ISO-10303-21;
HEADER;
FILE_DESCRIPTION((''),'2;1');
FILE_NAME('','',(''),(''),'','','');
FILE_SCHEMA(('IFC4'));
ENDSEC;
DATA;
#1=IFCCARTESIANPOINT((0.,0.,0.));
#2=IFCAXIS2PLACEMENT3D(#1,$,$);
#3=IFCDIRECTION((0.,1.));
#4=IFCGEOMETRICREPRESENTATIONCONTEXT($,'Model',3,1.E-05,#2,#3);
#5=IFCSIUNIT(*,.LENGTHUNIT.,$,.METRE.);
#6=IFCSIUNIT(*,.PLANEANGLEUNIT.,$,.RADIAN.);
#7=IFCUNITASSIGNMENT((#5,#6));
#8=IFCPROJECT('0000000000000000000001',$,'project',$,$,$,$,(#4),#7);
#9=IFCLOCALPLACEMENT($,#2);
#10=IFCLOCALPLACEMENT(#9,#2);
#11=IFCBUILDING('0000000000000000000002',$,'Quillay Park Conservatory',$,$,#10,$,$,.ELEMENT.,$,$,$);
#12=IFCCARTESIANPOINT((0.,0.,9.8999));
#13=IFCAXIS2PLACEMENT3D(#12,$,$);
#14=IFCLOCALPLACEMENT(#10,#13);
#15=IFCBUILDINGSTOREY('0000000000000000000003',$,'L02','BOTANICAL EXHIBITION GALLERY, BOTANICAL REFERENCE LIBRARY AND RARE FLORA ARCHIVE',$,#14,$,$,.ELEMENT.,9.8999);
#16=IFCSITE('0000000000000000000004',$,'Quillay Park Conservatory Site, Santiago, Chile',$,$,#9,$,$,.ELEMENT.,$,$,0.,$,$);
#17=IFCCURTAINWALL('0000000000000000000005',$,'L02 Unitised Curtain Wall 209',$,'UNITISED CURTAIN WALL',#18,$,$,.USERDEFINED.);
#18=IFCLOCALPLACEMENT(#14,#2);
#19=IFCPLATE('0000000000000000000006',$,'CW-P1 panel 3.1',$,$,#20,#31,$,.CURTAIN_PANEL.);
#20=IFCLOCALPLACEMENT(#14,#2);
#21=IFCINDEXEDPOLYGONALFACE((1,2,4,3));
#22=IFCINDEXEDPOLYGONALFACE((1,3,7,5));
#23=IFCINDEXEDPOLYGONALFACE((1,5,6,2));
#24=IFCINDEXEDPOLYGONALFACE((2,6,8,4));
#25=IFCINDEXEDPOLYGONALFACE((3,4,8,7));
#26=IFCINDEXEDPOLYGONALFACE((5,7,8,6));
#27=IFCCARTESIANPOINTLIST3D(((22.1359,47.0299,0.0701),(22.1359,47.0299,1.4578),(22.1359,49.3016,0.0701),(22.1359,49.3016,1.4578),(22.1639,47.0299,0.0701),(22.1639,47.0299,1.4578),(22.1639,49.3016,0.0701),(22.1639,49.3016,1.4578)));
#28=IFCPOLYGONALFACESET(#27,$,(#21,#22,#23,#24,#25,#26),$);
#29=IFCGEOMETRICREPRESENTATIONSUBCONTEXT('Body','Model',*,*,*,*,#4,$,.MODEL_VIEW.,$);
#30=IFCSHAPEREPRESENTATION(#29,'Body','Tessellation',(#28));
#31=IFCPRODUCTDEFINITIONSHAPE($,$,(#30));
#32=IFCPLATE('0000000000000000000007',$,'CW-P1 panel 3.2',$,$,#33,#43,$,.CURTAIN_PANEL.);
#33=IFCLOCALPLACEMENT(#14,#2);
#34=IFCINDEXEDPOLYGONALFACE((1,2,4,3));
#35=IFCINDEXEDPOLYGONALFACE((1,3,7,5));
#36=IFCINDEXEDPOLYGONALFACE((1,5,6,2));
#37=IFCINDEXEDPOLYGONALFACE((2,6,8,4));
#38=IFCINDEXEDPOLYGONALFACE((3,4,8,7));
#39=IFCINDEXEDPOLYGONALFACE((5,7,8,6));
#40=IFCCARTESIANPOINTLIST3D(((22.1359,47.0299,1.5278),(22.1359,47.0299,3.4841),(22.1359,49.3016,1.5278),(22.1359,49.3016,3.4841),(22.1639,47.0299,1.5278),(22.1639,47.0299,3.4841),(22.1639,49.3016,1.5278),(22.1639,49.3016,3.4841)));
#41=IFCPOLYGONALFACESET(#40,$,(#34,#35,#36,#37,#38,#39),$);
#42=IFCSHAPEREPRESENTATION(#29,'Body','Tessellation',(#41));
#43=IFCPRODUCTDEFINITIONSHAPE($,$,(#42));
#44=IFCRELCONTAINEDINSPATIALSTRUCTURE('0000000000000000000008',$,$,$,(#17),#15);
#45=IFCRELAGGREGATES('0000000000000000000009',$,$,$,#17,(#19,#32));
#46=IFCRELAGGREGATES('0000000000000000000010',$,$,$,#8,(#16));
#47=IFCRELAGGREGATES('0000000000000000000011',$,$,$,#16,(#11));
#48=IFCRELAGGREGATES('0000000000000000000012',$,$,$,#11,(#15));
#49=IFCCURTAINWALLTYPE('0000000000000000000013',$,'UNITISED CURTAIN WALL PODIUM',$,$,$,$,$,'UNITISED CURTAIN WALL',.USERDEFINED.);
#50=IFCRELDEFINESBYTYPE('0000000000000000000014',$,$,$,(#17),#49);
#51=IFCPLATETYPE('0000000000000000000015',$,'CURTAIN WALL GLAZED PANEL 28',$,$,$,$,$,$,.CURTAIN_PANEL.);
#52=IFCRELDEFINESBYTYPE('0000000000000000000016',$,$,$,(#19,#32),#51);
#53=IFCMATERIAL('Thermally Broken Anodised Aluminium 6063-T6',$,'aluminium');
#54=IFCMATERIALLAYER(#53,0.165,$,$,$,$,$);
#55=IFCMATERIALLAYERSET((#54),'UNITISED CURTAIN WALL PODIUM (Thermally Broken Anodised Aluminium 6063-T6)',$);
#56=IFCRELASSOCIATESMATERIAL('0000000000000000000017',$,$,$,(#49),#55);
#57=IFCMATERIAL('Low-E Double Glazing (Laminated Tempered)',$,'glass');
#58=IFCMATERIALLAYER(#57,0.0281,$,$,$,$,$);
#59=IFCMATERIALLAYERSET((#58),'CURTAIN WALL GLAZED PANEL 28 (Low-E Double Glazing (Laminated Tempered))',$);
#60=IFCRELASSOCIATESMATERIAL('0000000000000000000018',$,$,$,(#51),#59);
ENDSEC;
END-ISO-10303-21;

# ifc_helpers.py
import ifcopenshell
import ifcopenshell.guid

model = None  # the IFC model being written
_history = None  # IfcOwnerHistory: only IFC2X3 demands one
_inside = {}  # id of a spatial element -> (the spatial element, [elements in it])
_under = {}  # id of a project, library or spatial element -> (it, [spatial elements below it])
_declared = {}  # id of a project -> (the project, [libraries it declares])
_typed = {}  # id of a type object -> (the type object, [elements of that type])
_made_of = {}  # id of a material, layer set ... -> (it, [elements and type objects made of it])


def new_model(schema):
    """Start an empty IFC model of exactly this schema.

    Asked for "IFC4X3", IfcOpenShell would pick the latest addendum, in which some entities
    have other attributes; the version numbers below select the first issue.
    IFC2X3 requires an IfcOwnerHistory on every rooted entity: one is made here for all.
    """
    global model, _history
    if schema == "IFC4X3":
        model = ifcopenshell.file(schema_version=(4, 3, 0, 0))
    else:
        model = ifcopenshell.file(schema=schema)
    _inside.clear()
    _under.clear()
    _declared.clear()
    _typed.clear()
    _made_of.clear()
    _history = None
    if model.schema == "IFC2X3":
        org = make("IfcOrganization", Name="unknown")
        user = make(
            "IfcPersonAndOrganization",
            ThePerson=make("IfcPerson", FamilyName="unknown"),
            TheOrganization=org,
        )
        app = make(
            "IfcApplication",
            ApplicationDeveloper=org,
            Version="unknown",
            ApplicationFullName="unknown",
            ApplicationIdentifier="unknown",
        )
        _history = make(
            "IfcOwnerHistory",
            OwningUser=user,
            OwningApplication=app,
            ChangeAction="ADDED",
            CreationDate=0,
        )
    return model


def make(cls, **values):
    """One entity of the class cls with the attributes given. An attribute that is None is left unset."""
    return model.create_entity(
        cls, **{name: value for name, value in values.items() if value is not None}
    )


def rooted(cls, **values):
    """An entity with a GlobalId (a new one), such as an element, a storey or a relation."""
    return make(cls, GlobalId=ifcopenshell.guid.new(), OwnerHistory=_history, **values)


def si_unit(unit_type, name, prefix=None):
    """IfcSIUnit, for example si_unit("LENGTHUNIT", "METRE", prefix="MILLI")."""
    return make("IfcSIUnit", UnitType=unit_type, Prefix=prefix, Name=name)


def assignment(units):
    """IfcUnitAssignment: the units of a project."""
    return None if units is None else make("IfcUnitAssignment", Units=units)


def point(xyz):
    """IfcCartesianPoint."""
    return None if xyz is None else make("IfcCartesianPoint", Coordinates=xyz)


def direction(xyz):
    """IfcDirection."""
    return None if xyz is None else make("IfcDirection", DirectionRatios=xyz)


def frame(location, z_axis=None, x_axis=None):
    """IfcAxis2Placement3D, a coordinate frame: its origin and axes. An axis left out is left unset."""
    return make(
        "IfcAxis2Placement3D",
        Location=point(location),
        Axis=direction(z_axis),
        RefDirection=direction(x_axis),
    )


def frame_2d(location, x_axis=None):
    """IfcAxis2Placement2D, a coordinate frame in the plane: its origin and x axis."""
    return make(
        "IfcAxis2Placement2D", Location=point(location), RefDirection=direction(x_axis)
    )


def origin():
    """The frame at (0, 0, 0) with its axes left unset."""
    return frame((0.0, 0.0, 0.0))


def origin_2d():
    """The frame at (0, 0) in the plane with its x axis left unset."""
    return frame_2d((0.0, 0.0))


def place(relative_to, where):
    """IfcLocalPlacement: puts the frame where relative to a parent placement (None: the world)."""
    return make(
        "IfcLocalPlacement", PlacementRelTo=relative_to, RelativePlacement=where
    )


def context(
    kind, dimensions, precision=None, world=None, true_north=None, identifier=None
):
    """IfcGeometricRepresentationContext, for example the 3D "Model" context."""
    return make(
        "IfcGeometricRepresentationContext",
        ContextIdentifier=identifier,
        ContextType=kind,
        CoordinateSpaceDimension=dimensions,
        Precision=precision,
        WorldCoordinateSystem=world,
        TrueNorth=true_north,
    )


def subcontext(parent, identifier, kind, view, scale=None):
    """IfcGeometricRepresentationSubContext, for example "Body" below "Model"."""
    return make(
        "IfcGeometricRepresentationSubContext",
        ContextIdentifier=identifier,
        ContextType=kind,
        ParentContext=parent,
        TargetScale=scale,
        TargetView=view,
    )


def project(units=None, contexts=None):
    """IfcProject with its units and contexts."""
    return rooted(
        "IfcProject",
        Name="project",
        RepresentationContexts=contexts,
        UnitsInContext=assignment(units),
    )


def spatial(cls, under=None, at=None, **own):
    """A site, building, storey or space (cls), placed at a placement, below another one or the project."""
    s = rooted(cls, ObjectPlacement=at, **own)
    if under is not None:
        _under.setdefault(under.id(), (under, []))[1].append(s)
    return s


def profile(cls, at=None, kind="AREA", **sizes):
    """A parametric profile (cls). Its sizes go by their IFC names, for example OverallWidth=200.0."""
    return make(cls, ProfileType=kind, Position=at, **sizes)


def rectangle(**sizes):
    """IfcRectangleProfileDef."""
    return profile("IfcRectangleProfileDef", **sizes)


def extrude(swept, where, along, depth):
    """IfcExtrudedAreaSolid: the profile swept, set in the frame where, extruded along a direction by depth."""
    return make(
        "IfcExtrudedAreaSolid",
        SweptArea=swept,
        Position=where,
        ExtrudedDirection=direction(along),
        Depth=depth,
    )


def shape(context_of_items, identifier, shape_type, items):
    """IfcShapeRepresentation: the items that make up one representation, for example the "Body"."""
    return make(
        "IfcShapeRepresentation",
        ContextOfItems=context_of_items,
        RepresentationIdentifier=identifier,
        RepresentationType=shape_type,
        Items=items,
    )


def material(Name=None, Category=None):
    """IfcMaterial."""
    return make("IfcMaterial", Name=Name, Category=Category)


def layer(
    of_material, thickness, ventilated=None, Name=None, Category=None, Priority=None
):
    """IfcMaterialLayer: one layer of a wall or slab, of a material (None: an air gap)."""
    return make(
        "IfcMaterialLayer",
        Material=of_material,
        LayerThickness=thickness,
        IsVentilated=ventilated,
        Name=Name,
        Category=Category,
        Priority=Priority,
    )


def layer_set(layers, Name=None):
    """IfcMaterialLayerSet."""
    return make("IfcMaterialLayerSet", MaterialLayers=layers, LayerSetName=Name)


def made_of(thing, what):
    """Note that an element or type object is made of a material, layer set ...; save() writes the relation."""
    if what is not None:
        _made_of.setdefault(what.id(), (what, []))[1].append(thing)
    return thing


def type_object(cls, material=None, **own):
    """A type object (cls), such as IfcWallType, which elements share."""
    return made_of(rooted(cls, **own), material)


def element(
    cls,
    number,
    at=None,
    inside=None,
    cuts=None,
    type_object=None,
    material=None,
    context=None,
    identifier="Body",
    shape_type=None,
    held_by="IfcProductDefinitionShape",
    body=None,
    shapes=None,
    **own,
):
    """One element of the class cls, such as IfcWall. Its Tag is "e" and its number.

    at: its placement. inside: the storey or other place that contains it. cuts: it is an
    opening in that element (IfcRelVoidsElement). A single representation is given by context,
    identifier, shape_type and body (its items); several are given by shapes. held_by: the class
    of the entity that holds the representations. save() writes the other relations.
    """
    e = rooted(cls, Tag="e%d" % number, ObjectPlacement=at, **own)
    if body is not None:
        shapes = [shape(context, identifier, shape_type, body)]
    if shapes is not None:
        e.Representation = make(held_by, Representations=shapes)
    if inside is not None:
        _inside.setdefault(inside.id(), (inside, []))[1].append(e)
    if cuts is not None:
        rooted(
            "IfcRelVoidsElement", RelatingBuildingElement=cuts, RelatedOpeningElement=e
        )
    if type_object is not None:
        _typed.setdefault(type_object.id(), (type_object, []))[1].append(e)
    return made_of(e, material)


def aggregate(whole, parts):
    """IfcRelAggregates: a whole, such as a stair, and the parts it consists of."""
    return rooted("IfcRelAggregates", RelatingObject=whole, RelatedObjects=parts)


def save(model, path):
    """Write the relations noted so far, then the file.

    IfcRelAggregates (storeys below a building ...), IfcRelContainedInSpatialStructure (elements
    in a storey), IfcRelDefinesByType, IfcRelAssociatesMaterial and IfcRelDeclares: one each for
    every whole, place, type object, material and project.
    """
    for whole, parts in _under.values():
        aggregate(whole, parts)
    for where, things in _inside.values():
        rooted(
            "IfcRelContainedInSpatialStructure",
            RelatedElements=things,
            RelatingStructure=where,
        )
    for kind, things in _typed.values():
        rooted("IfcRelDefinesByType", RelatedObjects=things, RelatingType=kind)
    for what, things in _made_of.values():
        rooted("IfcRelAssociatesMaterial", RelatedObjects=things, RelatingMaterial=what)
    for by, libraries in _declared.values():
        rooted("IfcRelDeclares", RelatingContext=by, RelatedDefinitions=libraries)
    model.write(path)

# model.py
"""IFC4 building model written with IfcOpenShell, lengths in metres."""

from ifc_helpers import new_model, si_unit, direction, frame, origin, origin_2d, place, context, subcontext, project, spatial, rectangle, extrude, material, layer, layer_set, type_object, element, aggregate, save


model = new_model("IFC4")

# Units and contexts
model_context = context("Model", 3, precision=1e-05, world=origin(), true_north=direction((0.0, 1.0)))
body_context = subcontext(model_context, "Body", "Model", "MODEL_VIEW")
ifc_project = project(units=[si_unit("LENGTHUNIT", "METRE"), si_unit("PLANEANGLEUNIT", "RADIAN")], contexts=[model_context])

# Site, building, storey
site_placement = place(None, origin())
site = spatial("IfcSite", under=ifc_project, at=site_placement, Name="Quillay Park Conservatory Site, Santiago, Chile", CompositionType="ELEMENT", RefElevation=0.0)
building_placement = place(site_placement, origin())
building = spatial("IfcBuilding", under=site, at=building_placement, Name="Quillay Park Conservatory", CompositionType="ELEMENT")
storey_placement = place(building_placement, frame((0.0, 0.0, 9.8999)))
storey = spatial("IfcBuildingStorey", under=building, at=storey_placement, Name="L02", Description="BOTANICAL EXHIBITION GALLERY, BOTANICAL REFERENCE LIBRARY AND RARE FLORA ARCHIVE", CompositionType="ELEMENT", Elevation=9.8999)

# Curtain wall
ifc_material_1 = material(Name="Thermally Broken Anodised Aluminium 6063-T6", Category="aluminium")
ifc_layer_1 = layer(ifc_material_1, 0.165)
ifc_layer_set_1 = layer_set([ifc_layer_1], Name="UNITISED CURTAIN WALL PODIUM (Thermally Broken Anodised Aluminium 6063-T6)")
curtain_wall_type = type_object("IfcCurtainWallType", Name="UNITISED CURTAIN WALL PODIUM", ElementType="UNITISED CURTAIN WALL", PredefinedType="USERDEFINED", material=ifc_layer_set_1)
curtain_wall_1_placement = place(storey_placement, origin())
curtain_wall_1 = element("IfcCurtainWall", 1, at=curtain_wall_1_placement, inside=storey, type_object=curtain_wall_type, Name="L02 Unitised Curtain Wall 209", ObjectType="UNITISED CURTAIN WALL", PredefinedType="USERDEFINED")

# Plates
ifc_material_2 = material(Name="Low-E Double Glazing (Laminated Tempered)", Category="glass")
ifc_layer_2 = layer(ifc_material_2, 0.0281)
ifc_layer_set_2 = layer_set([ifc_layer_2], Name="CURTAIN WALL GLAZED PANEL 28 (Low-E Double Glazing (Laminated Tempered))")
plate_type = type_object("IfcPlateType", Name="CURTAIN WALL GLAZED PANEL 28", PredefinedType="CURTAIN_PANEL", material=ifc_layer_set_2)
plate_1_placement = place(storey_placement, frame((22.1499, 48.1658, 0.0701), z_axis=(0.0, 0.0, 1.0), x_axis=(0.0, -1.0, 0.0)))
plate_1 = element("IfcPlate", 2, at=plate_1_placement, type_object=plate_type, Name="CW-P1 panel 3.1", PredefinedType="CURTAIN_PANEL", context=body_context, shape_type="SweptSolid", body=[
    extrude(rectangle(XDim=2.2717, YDim=0.0281, at=origin_2d()), origin(), (0.0, 0.0, 1.0), 1.3877),
])
plate_2_placement = place(storey_placement, frame((22.1499, 48.1658, 1.5278), z_axis=(0.0, 0.0, 1.0), x_axis=(0.0, -1.0, 0.0)))
plate_2 = element("IfcPlate", 3, at=plate_2_placement, type_object=plate_type, Name="CW-P1 panel 3.2", PredefinedType="CURTAIN_PANEL", context=body_context, shape_type="SweptSolid", body=[
    extrude(rectangle(XDim=2.2717, YDim=0.0281, at=origin_2d()), origin(), (0.0, 0.0, 1.0), 1.9563),
])
aggregate(curtain_wall_1, [plate_1, plate_2])

save(model, "model.ifc")
